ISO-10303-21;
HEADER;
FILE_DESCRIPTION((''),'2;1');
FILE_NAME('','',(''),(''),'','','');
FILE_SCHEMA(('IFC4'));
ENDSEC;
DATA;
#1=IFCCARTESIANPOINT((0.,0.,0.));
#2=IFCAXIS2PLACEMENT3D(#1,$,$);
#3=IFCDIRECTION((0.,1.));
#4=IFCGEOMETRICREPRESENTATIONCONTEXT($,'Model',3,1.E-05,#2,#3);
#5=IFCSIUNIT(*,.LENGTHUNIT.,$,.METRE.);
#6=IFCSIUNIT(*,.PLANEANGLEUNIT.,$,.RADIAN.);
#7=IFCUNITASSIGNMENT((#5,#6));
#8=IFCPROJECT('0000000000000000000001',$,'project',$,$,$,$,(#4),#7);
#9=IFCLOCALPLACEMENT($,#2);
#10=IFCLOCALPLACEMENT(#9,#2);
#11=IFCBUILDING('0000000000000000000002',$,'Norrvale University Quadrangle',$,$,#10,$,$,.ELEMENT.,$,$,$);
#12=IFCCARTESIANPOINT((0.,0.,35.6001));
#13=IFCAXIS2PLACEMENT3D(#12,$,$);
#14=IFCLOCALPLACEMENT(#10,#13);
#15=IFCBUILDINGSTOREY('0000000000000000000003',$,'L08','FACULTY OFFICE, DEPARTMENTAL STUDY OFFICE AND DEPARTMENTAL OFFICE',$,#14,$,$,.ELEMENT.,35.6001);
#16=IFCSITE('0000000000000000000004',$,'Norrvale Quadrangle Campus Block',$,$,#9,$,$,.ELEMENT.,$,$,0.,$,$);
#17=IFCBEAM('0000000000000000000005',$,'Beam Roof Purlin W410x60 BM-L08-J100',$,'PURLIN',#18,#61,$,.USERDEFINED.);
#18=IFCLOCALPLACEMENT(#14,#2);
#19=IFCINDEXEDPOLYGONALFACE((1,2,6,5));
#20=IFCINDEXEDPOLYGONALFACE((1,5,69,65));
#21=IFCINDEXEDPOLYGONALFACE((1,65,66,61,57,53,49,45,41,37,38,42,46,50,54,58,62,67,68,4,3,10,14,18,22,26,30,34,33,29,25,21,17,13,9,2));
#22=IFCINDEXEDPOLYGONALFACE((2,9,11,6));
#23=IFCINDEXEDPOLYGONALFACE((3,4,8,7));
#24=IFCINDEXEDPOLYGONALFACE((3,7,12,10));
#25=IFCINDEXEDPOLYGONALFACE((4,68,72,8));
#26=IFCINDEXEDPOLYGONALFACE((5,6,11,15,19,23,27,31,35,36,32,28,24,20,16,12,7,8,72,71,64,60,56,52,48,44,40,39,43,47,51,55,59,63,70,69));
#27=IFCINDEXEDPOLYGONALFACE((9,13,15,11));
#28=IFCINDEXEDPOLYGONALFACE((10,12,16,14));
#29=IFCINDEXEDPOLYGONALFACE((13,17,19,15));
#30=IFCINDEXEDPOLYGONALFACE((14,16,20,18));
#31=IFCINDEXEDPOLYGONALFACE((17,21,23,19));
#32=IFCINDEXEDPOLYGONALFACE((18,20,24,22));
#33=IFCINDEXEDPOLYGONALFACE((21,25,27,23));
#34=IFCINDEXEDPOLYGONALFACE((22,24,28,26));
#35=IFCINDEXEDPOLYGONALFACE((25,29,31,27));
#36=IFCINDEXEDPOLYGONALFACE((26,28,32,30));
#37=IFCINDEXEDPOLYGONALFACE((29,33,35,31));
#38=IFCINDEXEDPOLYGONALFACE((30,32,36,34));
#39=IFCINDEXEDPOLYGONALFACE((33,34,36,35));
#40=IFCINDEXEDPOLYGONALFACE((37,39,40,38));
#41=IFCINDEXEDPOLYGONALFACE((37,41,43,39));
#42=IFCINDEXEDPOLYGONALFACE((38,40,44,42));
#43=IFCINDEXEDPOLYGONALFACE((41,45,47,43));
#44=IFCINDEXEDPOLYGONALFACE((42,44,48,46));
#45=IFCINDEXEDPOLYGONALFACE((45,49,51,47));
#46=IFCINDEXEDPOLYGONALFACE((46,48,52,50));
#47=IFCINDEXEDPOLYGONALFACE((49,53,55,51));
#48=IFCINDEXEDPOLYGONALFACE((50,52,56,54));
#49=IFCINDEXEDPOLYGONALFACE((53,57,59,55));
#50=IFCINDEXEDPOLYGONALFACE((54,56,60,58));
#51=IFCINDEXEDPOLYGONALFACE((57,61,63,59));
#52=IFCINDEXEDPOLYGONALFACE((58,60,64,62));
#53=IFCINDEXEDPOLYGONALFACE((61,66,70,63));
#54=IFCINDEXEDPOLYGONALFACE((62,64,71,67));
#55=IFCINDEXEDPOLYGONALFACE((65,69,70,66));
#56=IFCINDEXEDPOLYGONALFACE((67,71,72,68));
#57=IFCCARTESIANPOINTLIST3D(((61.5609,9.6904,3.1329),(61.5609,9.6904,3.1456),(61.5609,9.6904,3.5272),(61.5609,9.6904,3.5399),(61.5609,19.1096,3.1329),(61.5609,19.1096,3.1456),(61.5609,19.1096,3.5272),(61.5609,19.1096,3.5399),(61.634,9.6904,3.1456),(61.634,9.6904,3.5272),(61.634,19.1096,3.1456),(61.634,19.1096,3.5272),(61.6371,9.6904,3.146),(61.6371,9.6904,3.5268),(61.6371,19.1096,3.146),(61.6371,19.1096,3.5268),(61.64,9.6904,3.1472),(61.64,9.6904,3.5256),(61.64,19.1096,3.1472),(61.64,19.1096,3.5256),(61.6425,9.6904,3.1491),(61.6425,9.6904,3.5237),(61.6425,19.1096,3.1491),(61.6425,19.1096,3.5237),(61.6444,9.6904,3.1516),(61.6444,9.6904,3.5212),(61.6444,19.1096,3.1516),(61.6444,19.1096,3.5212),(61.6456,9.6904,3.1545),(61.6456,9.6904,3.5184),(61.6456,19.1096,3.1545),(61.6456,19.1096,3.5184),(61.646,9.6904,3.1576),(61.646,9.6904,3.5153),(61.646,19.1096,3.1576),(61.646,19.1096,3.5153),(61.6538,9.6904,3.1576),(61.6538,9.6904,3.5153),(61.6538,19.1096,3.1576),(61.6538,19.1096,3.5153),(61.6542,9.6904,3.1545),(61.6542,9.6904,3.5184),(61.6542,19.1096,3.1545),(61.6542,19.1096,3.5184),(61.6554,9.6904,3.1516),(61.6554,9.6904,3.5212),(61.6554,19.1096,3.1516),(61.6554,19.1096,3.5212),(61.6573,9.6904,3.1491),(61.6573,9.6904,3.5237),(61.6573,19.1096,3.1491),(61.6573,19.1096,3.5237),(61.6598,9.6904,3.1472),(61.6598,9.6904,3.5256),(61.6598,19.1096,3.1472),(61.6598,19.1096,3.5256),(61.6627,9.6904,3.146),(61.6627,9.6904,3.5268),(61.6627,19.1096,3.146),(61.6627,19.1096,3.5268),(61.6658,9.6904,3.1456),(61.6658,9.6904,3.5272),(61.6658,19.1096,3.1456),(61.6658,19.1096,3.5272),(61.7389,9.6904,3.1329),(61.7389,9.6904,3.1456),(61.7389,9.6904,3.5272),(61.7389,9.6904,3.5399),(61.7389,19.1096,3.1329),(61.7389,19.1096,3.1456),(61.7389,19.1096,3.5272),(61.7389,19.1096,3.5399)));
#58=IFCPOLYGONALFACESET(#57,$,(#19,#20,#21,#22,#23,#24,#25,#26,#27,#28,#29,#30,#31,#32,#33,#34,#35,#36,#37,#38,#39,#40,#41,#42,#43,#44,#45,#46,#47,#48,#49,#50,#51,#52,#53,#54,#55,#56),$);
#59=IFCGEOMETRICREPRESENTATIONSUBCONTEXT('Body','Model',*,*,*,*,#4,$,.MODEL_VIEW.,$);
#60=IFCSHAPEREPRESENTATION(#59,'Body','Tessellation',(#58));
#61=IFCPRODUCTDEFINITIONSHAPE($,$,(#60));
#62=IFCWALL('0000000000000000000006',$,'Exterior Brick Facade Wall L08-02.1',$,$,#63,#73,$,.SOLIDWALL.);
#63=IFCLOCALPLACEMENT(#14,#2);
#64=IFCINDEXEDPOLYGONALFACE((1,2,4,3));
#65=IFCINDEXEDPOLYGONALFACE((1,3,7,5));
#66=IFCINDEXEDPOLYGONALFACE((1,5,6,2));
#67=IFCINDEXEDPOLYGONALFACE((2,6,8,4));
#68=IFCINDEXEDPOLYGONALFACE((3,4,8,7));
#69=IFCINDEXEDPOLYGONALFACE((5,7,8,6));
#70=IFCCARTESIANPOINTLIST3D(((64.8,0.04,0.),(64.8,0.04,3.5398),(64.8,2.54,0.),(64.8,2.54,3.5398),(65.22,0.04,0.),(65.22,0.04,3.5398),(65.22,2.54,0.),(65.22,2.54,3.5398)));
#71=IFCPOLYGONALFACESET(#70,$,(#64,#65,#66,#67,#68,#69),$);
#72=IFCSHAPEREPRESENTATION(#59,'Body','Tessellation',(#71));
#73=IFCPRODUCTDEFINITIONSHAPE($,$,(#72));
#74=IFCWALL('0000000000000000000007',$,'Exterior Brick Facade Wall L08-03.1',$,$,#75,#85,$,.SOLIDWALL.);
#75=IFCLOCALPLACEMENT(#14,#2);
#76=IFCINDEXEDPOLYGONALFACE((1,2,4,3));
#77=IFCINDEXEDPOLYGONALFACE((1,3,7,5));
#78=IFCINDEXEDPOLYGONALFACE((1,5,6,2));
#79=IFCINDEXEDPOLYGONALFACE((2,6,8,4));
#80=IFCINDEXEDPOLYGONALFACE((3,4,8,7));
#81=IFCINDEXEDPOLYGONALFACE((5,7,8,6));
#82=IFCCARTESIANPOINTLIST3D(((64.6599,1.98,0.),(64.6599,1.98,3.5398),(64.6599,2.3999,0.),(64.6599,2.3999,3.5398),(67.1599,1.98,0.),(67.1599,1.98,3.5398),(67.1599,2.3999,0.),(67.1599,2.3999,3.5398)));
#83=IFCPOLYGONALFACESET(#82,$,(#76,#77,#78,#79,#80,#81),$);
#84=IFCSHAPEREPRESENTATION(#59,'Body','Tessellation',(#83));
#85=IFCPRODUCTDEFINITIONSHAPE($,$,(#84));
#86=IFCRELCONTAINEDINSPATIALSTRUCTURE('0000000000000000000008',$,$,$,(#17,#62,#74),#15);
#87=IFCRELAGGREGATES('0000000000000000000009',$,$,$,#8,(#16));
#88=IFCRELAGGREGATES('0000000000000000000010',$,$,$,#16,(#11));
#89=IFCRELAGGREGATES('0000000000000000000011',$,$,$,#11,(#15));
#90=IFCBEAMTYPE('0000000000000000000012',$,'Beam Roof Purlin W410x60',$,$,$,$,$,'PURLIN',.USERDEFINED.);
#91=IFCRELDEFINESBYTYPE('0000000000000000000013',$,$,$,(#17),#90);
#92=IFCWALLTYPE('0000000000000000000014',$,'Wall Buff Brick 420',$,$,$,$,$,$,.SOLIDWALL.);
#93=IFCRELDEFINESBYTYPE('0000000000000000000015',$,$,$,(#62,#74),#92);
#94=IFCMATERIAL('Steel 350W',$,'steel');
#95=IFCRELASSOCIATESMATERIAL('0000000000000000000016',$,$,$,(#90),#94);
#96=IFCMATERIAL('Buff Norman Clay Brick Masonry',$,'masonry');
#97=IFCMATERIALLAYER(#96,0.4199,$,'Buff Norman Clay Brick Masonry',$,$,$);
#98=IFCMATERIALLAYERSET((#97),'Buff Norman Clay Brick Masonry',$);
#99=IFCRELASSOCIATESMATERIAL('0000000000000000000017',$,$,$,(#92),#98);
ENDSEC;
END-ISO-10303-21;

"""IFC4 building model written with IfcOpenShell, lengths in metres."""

from ifc_helpers import new_model, si_unit, direction, frame, frame_2d, origin, origin_2d, place, context, subcontext, project, spatial, rectangle, i_section, extrude, material, layer, layer_set, material_profile, profile_set, type_object, element, save


model = new_model("IFC4")

# Units and contexts
model_context = context("Model", 3, precision=1e-05, world=origin(), true_north=direction((0.0, 1.0)))
body_context = subcontext(model_context, "Body", "Model", "MODEL_VIEW")
ifc_project = project(units=[si_unit("LENGTHUNIT", "METRE"), si_unit("PLANEANGLEUNIT", "RADIAN")], contexts=[model_context])

# Site, building, storey
site_placement = place(None, origin())
site = spatial("IfcSite", under=ifc_project, at=site_placement, Name="Norrvale Quadrangle Campus Block", CompositionType="ELEMENT", RefElevation=0.0)
building_placement = place(site_placement, origin())
building = spatial("IfcBuilding", under=site, at=building_placement, Name="Norrvale University Quadrangle", CompositionType="ELEMENT")
storey_placement = place(building_placement, frame((0.0, 0.0, 35.6001)))
storey = spatial("IfcBuildingStorey", under=building, at=storey_placement, Name="L08", Description="FACULTY OFFICE, DEPARTMENTAL STUDY OFFICE AND DEPARTMENTAL OFFICE", CompositionType="ELEMENT", Elevation=35.6001)

# Beam
ifc_material_1 = material(Name="Steel 350W", Category="steel")
ifc_material_profile_1 = material_profile(ifc_material_1, i_section(OverallWidth=0.178, OverallDepth=0.407, WebThickness=0.0078, FlangeThickness=0.0127, FilletRadius=0.012, at=origin_2d()), Name="Steel 350W")
ifc_profile_set_1 = profile_set([ifc_material_profile_1], Name="Steel 350W")
beam_type_1 = type_object("IfcBeamType", Name="Beam Roof Purlin W410x60", ElementType="PURLIN", PredefinedType="USERDEFINED", material=ifc_profile_set_1)
for number, where, z_axis, x_axis, name in (
    (1, (61.6499, 9.6904, 3.3364), (0.0, 1.0, 0.0), (-1.0, 0.0, 0.0), "Beam Roof Purlin W410x60 BM-L08-J100"),
):
    element("IfcBeam", number, at=place(storey_placement, frame(where, z_axis=z_axis, x_axis=x_axis)), inside=storey, type_object=beam_type_1, Name=name, ObjectType="PURLIN", PredefinedType="USERDEFINED", context=body_context, shape_type="SweptSolid", body=[
        extrude(i_section(OverallWidth=0.178, OverallDepth=0.407, WebThickness=0.0078, FlangeThickness=0.0127, FilletRadius=0.012, at=origin_2d()), origin(), (0.0, 0.0, 1.0), 9.4192),
    ])

# Walls
ifc_material_2 = material(Name="Buff Norman Clay Brick Masonry", Category="masonry")
ifc_layer_1 = layer(ifc_material_2, 0.4199, Name="Buff Norman Clay Brick Masonry")
ifc_layer_set_1 = layer_set([ifc_layer_1], Name="Buff Norman Clay Brick Masonry")
wall_type_1 = type_object("IfcWallType", Name="Wall Buff Brick 420", PredefinedType="SOLIDWALL", material=ifc_layer_set_1)
for number, where, z_axis, x_axis, name in (
    (2, (65.01, 0.04, 0.0), (0.0, 0.0, 1.0), (0.0, 1.0, 0.0), "Exterior Brick Facade Wall L08-02.1"),
    (3, (64.6599, 2.1899, 0.0), (0.0, 0.0, 1.0), (1.0, 0.0, 0.0), "Exterior Brick Facade Wall L08-03.1"),
):
    element("IfcWall", number, at=place(storey_placement, frame(where, z_axis=z_axis, x_axis=x_axis)), inside=storey, type_object=wall_type_1, Name=name, PredefinedType="SOLIDWALL", context=body_context, shape_type="SweptSolid", body=[
        extrude(rectangle(XDim=2.5, YDim=0.4199, at=frame_2d((1.25, 0.0))), origin(), (0.0, 0.0, 1.0), 3.5398),
    ])

save(model, "model.ifc")
